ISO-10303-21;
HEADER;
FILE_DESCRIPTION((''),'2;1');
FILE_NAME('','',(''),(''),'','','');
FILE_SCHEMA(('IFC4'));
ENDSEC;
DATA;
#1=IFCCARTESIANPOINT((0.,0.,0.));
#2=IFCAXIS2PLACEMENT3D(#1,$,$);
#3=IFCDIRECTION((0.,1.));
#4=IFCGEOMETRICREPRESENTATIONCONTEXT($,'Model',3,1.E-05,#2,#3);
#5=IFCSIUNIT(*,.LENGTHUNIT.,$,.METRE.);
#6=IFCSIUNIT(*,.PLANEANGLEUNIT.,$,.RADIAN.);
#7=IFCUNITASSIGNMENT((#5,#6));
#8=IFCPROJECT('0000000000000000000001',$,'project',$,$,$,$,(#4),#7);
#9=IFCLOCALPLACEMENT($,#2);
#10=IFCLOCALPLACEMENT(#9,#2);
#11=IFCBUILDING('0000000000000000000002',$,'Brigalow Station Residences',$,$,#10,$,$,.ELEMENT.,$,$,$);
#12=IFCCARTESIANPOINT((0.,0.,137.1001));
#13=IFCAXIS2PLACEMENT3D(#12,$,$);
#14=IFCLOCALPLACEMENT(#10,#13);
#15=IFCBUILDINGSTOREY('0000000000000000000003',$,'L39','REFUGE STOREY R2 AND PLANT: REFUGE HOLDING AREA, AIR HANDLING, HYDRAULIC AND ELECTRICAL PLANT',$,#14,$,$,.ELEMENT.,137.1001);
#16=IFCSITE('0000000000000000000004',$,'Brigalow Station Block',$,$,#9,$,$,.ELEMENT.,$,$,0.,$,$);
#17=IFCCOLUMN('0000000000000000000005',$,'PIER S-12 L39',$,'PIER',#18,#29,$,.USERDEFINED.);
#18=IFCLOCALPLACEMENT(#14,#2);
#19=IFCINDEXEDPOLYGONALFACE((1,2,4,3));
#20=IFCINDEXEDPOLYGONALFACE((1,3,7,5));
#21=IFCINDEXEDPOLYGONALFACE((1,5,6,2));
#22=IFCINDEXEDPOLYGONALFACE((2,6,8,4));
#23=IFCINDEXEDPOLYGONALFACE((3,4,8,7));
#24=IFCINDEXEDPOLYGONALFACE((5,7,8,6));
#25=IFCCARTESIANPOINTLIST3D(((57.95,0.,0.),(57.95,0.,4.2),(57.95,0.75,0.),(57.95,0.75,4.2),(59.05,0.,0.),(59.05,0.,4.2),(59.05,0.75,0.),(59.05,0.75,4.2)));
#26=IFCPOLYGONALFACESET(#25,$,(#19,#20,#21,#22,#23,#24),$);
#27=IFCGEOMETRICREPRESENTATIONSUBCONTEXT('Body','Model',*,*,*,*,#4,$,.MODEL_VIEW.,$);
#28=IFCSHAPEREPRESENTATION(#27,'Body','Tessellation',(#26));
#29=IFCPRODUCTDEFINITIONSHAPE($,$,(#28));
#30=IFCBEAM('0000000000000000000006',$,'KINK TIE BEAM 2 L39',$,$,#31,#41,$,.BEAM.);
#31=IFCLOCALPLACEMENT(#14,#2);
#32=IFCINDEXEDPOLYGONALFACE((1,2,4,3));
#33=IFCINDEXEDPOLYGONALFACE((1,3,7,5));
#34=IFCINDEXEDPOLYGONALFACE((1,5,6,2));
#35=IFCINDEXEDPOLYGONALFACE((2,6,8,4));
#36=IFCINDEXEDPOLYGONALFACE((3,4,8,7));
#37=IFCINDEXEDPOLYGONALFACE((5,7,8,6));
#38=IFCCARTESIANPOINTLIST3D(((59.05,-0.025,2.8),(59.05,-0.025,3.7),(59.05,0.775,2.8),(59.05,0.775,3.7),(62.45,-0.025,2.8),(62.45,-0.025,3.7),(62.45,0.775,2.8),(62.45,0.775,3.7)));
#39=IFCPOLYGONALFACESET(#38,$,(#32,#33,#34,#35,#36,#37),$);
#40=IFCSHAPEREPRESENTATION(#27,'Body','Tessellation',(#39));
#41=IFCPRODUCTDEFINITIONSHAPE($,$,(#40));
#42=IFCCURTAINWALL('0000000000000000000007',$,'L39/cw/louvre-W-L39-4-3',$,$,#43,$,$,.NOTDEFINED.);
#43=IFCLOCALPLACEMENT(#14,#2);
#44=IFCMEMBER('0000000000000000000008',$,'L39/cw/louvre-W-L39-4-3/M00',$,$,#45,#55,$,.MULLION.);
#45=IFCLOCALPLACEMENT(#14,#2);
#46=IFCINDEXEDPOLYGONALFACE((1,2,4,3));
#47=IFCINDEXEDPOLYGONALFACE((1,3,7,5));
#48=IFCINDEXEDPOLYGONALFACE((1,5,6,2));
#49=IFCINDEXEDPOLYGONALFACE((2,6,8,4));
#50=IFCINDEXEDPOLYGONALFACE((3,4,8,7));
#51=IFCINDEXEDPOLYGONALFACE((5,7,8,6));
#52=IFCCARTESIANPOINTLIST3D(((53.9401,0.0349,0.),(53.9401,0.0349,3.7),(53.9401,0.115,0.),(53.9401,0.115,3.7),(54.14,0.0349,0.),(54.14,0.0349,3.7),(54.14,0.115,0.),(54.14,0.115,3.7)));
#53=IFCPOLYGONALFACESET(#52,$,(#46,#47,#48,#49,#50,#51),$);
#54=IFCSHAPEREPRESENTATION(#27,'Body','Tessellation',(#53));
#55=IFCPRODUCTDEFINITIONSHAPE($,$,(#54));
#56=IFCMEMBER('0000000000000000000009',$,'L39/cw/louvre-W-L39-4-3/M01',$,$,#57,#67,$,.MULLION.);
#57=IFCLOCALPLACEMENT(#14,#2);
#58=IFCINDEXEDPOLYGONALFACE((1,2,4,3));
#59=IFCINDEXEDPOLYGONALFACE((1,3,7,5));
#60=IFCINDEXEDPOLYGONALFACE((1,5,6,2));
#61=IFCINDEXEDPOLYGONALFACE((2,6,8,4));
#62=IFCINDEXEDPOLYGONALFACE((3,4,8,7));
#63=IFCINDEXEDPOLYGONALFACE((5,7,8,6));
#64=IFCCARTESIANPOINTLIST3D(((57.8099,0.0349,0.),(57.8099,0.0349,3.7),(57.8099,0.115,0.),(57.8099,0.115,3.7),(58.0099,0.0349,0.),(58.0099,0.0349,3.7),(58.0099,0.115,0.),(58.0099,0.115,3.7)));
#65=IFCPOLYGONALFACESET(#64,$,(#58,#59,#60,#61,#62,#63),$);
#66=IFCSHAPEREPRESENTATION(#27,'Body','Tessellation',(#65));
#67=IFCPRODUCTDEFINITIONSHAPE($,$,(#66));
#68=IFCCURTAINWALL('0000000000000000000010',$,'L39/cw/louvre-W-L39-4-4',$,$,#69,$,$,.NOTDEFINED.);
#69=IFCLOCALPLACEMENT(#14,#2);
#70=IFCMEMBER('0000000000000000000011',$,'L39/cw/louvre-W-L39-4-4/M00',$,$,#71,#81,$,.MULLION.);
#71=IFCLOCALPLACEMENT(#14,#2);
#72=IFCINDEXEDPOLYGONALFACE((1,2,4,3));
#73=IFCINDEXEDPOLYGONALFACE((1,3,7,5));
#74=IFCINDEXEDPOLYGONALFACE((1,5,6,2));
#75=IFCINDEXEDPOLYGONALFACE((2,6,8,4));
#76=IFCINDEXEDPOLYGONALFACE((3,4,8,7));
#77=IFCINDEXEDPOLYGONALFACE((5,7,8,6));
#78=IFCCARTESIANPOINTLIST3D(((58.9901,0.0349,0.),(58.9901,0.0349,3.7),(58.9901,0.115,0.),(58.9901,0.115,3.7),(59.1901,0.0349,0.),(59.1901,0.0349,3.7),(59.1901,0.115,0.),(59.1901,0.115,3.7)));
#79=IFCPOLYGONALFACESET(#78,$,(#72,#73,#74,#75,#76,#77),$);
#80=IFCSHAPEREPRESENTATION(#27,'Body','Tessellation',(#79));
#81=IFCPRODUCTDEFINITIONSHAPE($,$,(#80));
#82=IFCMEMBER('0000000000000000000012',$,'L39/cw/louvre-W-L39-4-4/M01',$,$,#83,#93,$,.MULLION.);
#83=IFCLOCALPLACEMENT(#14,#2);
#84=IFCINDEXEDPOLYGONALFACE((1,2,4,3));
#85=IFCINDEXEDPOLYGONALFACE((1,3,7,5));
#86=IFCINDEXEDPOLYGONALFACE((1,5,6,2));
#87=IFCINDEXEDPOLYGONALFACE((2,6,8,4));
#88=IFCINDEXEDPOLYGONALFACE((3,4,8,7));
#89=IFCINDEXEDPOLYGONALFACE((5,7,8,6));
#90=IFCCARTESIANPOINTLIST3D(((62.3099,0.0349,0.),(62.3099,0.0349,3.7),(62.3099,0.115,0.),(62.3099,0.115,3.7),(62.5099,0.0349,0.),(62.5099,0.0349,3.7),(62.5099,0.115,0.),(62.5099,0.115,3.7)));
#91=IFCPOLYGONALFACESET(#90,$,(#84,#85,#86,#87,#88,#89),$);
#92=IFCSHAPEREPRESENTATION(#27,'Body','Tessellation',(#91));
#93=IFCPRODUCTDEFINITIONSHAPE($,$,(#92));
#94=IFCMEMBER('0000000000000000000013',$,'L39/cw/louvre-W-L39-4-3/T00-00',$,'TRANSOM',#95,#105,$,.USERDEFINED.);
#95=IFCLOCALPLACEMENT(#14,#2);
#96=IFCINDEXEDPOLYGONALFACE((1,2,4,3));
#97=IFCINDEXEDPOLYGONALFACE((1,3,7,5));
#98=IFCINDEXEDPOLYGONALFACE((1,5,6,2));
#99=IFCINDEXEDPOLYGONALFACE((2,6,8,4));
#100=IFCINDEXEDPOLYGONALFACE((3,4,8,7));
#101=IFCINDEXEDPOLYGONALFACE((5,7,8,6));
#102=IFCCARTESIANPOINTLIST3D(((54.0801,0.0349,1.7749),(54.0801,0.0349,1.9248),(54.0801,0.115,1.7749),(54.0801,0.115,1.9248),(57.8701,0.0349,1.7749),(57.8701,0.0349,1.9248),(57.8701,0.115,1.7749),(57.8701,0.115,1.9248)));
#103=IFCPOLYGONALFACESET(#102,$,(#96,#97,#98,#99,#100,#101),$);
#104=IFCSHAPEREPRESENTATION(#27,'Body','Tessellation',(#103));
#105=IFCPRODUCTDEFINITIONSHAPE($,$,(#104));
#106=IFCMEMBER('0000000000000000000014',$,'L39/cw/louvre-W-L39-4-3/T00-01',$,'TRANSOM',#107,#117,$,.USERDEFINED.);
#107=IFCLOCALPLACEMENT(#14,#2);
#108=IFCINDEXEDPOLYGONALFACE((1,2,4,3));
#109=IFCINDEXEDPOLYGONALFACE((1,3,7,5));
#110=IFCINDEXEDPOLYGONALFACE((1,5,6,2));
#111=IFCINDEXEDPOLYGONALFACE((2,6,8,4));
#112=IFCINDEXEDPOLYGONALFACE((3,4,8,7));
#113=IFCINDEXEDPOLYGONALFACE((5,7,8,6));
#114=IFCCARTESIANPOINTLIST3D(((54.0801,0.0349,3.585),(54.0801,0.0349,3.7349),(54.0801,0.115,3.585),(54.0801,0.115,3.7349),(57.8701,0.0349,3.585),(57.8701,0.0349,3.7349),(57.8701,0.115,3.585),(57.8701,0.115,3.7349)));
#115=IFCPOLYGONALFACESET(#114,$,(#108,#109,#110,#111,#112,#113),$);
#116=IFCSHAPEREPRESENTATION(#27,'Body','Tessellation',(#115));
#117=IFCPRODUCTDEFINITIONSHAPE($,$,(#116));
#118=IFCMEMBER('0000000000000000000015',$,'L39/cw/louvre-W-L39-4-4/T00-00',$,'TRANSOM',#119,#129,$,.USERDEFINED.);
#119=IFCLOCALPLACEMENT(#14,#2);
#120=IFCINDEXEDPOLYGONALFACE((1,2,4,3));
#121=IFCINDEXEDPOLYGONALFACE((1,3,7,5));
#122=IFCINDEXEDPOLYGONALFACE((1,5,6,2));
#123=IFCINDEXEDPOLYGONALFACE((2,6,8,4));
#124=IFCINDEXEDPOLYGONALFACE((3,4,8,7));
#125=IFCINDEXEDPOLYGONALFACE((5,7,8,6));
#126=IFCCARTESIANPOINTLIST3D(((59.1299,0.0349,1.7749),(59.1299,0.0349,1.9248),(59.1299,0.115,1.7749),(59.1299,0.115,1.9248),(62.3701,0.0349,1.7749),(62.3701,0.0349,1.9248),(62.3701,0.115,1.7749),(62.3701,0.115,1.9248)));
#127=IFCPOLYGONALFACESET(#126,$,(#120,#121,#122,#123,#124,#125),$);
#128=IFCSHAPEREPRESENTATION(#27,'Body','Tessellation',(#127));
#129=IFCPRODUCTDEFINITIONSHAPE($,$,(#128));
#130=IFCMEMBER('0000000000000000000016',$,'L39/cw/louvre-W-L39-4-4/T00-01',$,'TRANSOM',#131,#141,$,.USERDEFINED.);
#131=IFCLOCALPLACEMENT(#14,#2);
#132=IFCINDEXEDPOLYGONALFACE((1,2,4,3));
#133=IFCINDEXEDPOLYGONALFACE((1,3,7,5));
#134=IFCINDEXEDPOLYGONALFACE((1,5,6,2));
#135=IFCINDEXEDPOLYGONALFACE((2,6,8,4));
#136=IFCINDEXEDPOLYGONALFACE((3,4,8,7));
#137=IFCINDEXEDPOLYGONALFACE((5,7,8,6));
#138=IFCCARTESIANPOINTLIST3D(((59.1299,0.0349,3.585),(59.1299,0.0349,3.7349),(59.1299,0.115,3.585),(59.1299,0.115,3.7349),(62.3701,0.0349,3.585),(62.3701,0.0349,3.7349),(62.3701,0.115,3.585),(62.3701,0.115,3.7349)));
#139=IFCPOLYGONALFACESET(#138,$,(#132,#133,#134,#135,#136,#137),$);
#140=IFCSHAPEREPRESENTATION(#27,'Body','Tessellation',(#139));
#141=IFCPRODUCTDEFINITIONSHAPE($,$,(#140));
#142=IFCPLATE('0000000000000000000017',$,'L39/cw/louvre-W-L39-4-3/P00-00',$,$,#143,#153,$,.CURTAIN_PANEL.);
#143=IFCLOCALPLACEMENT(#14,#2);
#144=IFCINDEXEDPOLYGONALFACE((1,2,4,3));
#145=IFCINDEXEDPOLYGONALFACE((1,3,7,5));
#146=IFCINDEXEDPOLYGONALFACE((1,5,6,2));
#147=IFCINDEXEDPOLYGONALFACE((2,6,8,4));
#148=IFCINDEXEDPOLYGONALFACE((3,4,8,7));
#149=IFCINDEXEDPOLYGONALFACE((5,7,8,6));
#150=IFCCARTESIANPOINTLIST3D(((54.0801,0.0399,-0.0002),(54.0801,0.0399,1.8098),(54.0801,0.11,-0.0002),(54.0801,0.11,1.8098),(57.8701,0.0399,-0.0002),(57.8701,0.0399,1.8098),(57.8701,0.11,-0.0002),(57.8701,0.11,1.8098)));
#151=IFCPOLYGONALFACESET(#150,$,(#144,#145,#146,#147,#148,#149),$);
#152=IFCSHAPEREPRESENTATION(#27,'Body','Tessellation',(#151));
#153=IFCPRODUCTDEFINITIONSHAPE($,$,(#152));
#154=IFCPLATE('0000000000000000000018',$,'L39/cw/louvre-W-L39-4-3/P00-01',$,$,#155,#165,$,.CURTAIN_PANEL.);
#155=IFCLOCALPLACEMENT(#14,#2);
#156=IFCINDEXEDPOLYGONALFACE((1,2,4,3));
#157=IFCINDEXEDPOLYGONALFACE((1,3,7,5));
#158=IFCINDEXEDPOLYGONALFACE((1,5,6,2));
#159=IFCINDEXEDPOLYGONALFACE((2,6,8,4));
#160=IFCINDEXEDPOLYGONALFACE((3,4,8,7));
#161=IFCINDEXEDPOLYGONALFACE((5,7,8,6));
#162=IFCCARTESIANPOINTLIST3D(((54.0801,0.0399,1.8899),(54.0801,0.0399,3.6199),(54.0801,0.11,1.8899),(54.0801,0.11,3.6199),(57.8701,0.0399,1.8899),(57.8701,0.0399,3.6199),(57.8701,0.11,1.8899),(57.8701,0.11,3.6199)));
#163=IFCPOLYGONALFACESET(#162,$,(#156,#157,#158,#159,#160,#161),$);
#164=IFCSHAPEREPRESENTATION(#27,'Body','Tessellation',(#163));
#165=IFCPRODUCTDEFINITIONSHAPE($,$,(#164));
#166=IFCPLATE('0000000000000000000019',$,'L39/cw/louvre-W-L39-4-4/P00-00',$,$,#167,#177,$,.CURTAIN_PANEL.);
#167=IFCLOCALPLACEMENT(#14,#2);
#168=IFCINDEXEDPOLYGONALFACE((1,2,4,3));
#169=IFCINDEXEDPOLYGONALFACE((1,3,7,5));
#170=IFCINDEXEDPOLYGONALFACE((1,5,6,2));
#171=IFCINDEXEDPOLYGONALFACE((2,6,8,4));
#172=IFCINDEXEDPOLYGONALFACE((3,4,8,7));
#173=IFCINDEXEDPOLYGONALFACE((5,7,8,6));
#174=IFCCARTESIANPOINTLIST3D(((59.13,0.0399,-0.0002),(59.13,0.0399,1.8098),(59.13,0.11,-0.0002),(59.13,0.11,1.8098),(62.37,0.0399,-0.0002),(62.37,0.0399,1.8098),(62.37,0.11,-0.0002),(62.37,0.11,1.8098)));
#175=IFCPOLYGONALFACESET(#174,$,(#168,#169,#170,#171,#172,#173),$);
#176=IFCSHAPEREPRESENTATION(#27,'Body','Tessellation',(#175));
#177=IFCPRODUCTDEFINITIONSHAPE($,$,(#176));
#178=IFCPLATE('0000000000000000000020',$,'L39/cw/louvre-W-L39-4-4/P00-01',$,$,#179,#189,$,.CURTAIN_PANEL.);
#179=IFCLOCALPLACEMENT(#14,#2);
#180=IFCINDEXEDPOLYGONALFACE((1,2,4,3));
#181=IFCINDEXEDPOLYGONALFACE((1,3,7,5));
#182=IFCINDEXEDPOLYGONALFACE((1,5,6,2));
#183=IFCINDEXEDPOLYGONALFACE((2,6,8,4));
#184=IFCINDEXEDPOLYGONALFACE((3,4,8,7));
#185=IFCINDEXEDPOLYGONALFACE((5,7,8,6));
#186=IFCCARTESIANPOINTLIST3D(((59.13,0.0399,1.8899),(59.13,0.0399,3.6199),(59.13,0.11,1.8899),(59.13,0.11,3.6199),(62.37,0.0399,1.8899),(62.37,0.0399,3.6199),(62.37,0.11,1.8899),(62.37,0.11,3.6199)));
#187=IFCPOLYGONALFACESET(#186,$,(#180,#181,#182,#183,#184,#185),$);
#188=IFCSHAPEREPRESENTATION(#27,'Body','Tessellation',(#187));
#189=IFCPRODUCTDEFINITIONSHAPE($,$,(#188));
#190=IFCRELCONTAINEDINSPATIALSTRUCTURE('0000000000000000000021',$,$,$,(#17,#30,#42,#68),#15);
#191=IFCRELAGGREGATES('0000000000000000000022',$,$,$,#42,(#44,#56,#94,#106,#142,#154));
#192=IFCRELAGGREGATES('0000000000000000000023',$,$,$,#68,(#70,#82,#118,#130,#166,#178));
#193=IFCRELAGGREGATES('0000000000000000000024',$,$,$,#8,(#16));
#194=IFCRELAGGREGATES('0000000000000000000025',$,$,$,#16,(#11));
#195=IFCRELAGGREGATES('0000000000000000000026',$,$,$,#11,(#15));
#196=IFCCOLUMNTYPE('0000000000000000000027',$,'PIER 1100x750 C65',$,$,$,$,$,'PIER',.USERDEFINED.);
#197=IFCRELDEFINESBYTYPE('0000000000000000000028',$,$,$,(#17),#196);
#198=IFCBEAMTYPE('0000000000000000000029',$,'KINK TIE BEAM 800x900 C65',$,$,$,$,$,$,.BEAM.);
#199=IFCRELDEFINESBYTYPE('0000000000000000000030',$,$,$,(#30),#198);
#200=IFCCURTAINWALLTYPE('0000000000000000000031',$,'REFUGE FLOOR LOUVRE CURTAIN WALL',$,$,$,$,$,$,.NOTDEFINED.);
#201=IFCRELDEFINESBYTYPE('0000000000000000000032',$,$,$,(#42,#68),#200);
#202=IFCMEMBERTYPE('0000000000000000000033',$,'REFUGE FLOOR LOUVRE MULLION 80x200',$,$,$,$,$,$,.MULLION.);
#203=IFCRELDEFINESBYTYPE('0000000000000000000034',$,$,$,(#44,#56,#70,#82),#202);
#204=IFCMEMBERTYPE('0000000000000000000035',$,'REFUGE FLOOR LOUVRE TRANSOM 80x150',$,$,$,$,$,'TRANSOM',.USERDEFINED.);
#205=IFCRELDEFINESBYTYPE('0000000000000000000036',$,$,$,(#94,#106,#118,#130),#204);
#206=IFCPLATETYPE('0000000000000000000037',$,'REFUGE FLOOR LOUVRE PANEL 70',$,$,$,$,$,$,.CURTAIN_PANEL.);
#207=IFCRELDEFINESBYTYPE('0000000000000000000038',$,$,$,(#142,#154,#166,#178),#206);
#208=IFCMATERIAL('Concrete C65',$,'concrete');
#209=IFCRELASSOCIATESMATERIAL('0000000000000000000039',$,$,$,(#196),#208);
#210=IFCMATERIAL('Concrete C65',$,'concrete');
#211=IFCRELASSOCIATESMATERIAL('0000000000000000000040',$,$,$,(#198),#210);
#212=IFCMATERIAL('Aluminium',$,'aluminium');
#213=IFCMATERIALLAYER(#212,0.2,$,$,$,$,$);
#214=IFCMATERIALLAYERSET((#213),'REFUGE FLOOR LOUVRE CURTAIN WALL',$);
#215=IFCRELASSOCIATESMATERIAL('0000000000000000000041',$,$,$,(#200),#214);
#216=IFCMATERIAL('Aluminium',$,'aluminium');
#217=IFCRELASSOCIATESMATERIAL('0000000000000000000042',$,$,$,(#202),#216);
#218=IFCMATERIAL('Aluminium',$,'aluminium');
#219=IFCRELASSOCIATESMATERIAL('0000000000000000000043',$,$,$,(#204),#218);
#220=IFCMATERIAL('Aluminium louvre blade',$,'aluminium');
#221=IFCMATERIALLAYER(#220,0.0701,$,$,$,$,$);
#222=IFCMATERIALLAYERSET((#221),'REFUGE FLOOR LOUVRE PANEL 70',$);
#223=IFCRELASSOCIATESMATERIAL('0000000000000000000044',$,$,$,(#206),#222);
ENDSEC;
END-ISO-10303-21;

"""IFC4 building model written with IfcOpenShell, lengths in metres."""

from ifc_helpers import new_model, si_unit, direction, frame, origin, origin_2d, place, context, subcontext, project, spatial, rectangle, extrude, material, layer, layer_set, material_profile, profile_set, type_object, element, aggregate, save


model = new_model("IFC4")

# Units and contexts
model_context = context("Model", 3, precision=1e-05, world=origin(), true_north=direction((0.0, 1.0)))
body_context = subcontext(model_context, "Body", "Model", "MODEL_VIEW")
ifc_project = project(units=[si_unit("LENGTHUNIT", "METRE"), si_unit("PLANEANGLEUNIT", "RADIAN")], contexts=[model_context])

# Site, building, storey
site_placement = place(None, origin())
site = spatial("IfcSite", under=ifc_project, at=site_placement, Name="Brigalow Station Block", CompositionType="ELEMENT", RefElevation=0.0)
building_placement = place(site_placement, origin())
building = spatial("IfcBuilding", under=site, at=building_placement, Name="Brigalow Station Residences", CompositionType="ELEMENT")
storey_placement = place(building_placement, frame((0.0, 0.0, 137.1001)))
storey = spatial("IfcBuildingStorey", under=building, at=storey_placement, Name="L39", Description="REFUGE STOREY R2 AND PLANT: REFUGE HOLDING AREA, AIR HANDLING, HYDRAULIC AND ELECTRICAL PLANT", CompositionType="ELEMENT", Elevation=137.1001)

# Column
ifc_material_1 = material(Name="Concrete C65", Category="concrete")
ifc_material_profile_1 = material_profile(ifc_material_1, rectangle(XDim=1.1001, YDim=0.75, at=origin_2d()), Name="RC1100x750")
ifc_profile_set_1 = profile_set([ifc_material_profile_1], Name="Concrete C65")
column_type = type_object("IfcColumnType", Name="PIER 1100x750 C65", ElementType="PIER", PredefinedType="USERDEFINED", material=ifc_profile_set_1)
column_placement = place(storey_placement, frame((58.5, 0.375, 0.0), z_axis=(0.0, 0.0, 1.0), x_axis=(1.0, 0.0, 0.0)))
element("IfcColumn", 1, at=column_placement, inside=storey, type_object=column_type, Name="PIER S-12 L39", ObjectType="PIER", PredefinedType="USERDEFINED", context=body_context, shape_type="SweptSolid", body=[
    extrude(rectangle(XDim=1.1001, YDim=0.75, at=origin_2d()), origin(), (0.0, 0.0, 1.0), 4.2),
])

# Beam
ifc_material_2 = material(Name="Concrete C65", Category="concrete")
ifc_material_profile_2 = material_profile(ifc_material_2, rectangle(XDim=0.8, YDim=0.8999, at=origin_2d()), Name="RC800x900")
ifc_profile_set_2 = profile_set([ifc_material_profile_2], Name="Concrete C65")
beam_type = type_object("IfcBeamType", Name="KINK TIE BEAM 800x900 C65", PredefinedType="BEAM", material=ifc_profile_set_2)
beam_placement = place(storey_placement, frame((59.05, 0.375, 3.25), z_axis=(1.0, 0.0, 0.0), x_axis=(0.0, 1.0, 0.0)))
element("IfcBeam", 2, at=beam_placement, inside=storey, type_object=beam_type, Name="KINK TIE BEAM 2 L39", PredefinedType="BEAM", context=body_context, shape_type="SweptSolid", body=[
    extrude(rectangle(XDim=0.8, YDim=0.8999, at=origin_2d()), origin(), (0.0, 0.0, 1.0), 3.3999),
])

# Curtain walls, members
ifc_material_3 = material(Name="Aluminium", Category="aluminium")
ifc_layer_1 = layer(ifc_material_3, 0.2)
ifc_layer_set_1 = layer_set([ifc_layer_1], Name="REFUGE FLOOR LOUVRE CURTAIN WALL")
curtain_wall_type = type_object("IfcCurtainWallType", Name="REFUGE FLOOR LOUVRE CURTAIN WALL", PredefinedType="NOTDEFINED", material=ifc_layer_set_1)
curtain_wall_1_placement = place(storey_placement, origin())
curtain_wall_1 = element("IfcCurtainWall", 3, at=curtain_wall_1_placement, inside=storey, type_object=curtain_wall_type, Name="L39/cw/louvre-W-L39-4-3", PredefinedType="NOTDEFINED")
ifc_material_4 = material(Name="Aluminium", Category="aluminium")
ifc_material_profile_3 = material_profile(ifc_material_4, rectangle(XDim=0.0801, YDim=0.2, at=origin_2d()), Name="REFUGE FLOOR LOUVRE MULLION 80x200")
ifc_profile_set_3 = profile_set([ifc_material_profile_3], Name="Aluminium")
member_type_1 = type_object("IfcMemberType", Name="REFUGE FLOOR LOUVRE MULLION 80x200", PredefinedType="MULLION", material=ifc_profile_set_3)
member_1_placement = place(storey_placement, frame((54.04, 0.075, 0.0), z_axis=(0.0, 0.0, 1.0), x_axis=(0.0, 1.0, 0.0)))
member_1 = element("IfcMember", 4, at=member_1_placement, type_object=member_type_1, Name="L39/cw/louvre-W-L39-4-3/M00", PredefinedType="MULLION", context=body_context, shape_type="SweptSolid", body=[
    extrude(rectangle(XDim=0.0801, YDim=0.2, at=origin_2d()), origin(), (0.0, 0.0, 1.0), 3.7),
])
member_2_placement = place(storey_placement, frame((57.9099, 0.075, 0.0), z_axis=(0.0, 0.0, 1.0), x_axis=(0.0, 1.0, 0.0)))
member_2 = element("IfcMember", 5, at=member_2_placement, type_object=member_type_1, Name="L39/cw/louvre-W-L39-4-3/M01", PredefinedType="MULLION", context=body_context, shape_type="SweptSolid", body=[
    extrude(rectangle(XDim=0.0801, YDim=0.2, at=origin_2d()), origin(), (0.0, 0.0, 1.0), 3.7),
])
curtain_wall_2_placement = place(storey_placement, origin())
curtain_wall_2 = element("IfcCurtainWall", 6, at=curtain_wall_2_placement, inside=storey, type_object=curtain_wall_type, Name="L39/cw/louvre-W-L39-4-4", PredefinedType="NOTDEFINED")
member_3_placement = place(storey_placement, frame((59.0901, 0.075, 0.0), z_axis=(0.0, 0.0, 1.0), x_axis=(0.0, 1.0, 0.0)))
member_3 = element("IfcMember", 7, at=member_3_placement, type_object=member_type_1, Name="L39/cw/louvre-W-L39-4-4/M00", PredefinedType="MULLION", context=body_context, shape_type="SweptSolid", body=[
    extrude(rectangle(XDim=0.0801, YDim=0.2, at=origin_2d()), origin(), (0.0, 0.0, 1.0), 3.7),
])
member_4_placement = place(storey_placement, frame((62.4099, 0.075, 0.0), z_axis=(0.0, 0.0, 1.0), x_axis=(0.0, 1.0, 0.0)))
member_4 = element("IfcMember", 8, at=member_4_placement, type_object=member_type_1, Name="L39/cw/louvre-W-L39-4-4/M01", PredefinedType="MULLION", context=body_context, shape_type="SweptSolid", body=[
    extrude(rectangle(XDim=0.0801, YDim=0.2, at=origin_2d()), origin(), (0.0, 0.0, 1.0), 3.7),
])

# Members
ifc_material_5 = material(Name="Aluminium", Category="aluminium")
ifc_material_profile_4 = material_profile(ifc_material_5, rectangle(XDim=0.0801, YDim=0.1499, at=origin_2d()), Name="REFUGE FLOOR LOUVRE TRANSOM 80x150")
ifc_profile_set_4 = profile_set([ifc_material_profile_4], Name="Aluminium")
member_type_2 = type_object("IfcMemberType", Name="REFUGE FLOOR LOUVRE TRANSOM 80x150", ElementType="TRANSOM", PredefinedType="USERDEFINED", material=ifc_profile_set_4)
member_5_placement = place(storey_placement, frame((54.0801, 0.075, 1.8499), z_axis=(1.0, 0.0, 0.0), x_axis=(0.0, 1.0, 0.0)))
member_5 = element("IfcMember", 9, at=member_5_placement, type_object=member_type_2, Name="L39/cw/louvre-W-L39-4-3/T00-00", ObjectType="TRANSOM", PredefinedType="USERDEFINED", context=body_context, shape_type="SweptSolid", body=[
    extrude(rectangle(XDim=0.0801, YDim=0.1499, at=origin_2d()), origin(), (0.0, 0.0, 1.0), 3.79),
])
member_6_placement = place(storey_placement, frame((54.0801, 0.075, 3.6599), z_axis=(1.0, 0.0, 0.0), x_axis=(0.0, 1.0, 0.0)))
member_6 = element("IfcMember", 10, at=member_6_placement, type_object=member_type_2, Name="L39/cw/louvre-W-L39-4-3/T00-01", ObjectType="TRANSOM", PredefinedType="USERDEFINED", context=body_context, shape_type="SweptSolid", body=[
    extrude(rectangle(XDim=0.0801, YDim=0.1499, at=origin_2d()), origin(), (0.0, 0.0, 1.0), 3.79),
])
member_7_placement = place(storey_placement, frame((59.1299, 0.075, 1.8499), z_axis=(1.0, 0.0, 0.0), x_axis=(0.0, 1.0, 0.0)))
member_7 = element("IfcMember", 11, at=member_7_placement, type_object=member_type_2, Name="L39/cw/louvre-W-L39-4-4/T00-00", ObjectType="TRANSOM", PredefinedType="USERDEFINED", context=body_context, shape_type="SweptSolid", body=[
    extrude(rectangle(XDim=0.0801, YDim=0.1499, at=origin_2d()), origin(), (0.0, 0.0, 1.0), 3.2402),
])
member_8_placement = place(storey_placement, frame((59.1299, 0.075, 3.6599), z_axis=(1.0, 0.0, 0.0), x_axis=(0.0, 1.0, 0.0)))
member_8 = element("IfcMember", 12, at=member_8_placement, type_object=member_type_2, Name="L39/cw/louvre-W-L39-4-4/T00-01", ObjectType="TRANSOM", PredefinedType="USERDEFINED", context=body_context, shape_type="SweptSolid", body=[
    extrude(rectangle(XDim=0.0801, YDim=0.1499, at=origin_2d()), origin(), (0.0, 0.0, 1.0), 3.2402),
])

# Plates
ifc_material_6 = material(Name="Aluminium louvre blade", Category="aluminium")
ifc_layer_2 = layer(ifc_material_6, 0.0701)
ifc_layer_set_2 = layer_set([ifc_layer_2], Name="REFUGE FLOOR LOUVRE PANEL 70")
plate_type = type_object("IfcPlateType", Name="REFUGE FLOOR LOUVRE PANEL 70", PredefinedType="CURTAIN_PANEL", material=ifc_layer_set_2)
plate_1_placement = place(storey_placement, frame((55.9751, 0.075, -0.0002), z_axis=(0.0, 0.0, 1.0), x_axis=(1.0, 0.0, 0.0)))
plate_1 = element("IfcPlate", 13, at=plate_1_placement, type_object=plate_type, Name="L39/cw/louvre-W-L39-4-3/P00-00", PredefinedType="CURTAIN_PANEL", context=body_context, shape_type="SweptSolid", body=[
    extrude(rectangle(XDim=3.79, YDim=0.0701, at=origin_2d()), origin(), (0.0, 0.0, 1.0), 1.8101),
])
plate_2_placement = place(storey_placement, frame((55.9751, 0.075, 1.8899), z_axis=(0.0, 0.0, 1.0), x_axis=(1.0, 0.0, 0.0)))
plate_2 = element("IfcPlate", 14, at=plate_2_placement, type_object=plate_type, Name="L39/cw/louvre-W-L39-4-3/P00-01", PredefinedType="CURTAIN_PANEL", context=body_context, shape_type="SweptSolid", body=[
    extrude(rectangle(XDim=3.79, YDim=0.0701, at=origin_2d()), origin(), (0.0, 0.0, 1.0), 1.73),
])
aggregate(curtain_wall_1, [member_1, member_2, member_5, member_6, plate_1, plate_2])
plate_3_placement = place(storey_placement, frame((60.75, 0.075, -0.0002), z_axis=(0.0, 0.0, 1.0), x_axis=(1.0, 0.0, 0.0)))
plate_3 = element("IfcPlate", 15, at=plate_3_placement, type_object=plate_type, Name="L39/cw/louvre-W-L39-4-4/P00-00", PredefinedType="CURTAIN_PANEL", context=body_context, shape_type="SweptSolid", body=[
    extrude(rectangle(XDim=3.24, YDim=0.0701, at=origin_2d()), origin(), (0.0, 0.0, 1.0), 1.8101),
])
plate_4_placement = place(storey_placement, frame((60.75, 0.075, 1.8899), z_axis=(0.0, 0.0, 1.0), x_axis=(1.0, 0.0, 0.0)))
plate_4 = element("IfcPlate", 16, at=plate_4_placement, type_object=plate_type, Name="L39/cw/louvre-W-L39-4-4/P00-01", PredefinedType="CURTAIN_PANEL", context=body_context, shape_type="SweptSolid", body=[
    extrude(rectangle(XDim=3.24, YDim=0.0701, at=origin_2d()), origin(), (0.0, 0.0, 1.0), 1.73),
])
aggregate(curtain_wall_2, [member_3, member_4, member_7, member_8, plate_3, plate_4])

save(model, "model.ifc")
